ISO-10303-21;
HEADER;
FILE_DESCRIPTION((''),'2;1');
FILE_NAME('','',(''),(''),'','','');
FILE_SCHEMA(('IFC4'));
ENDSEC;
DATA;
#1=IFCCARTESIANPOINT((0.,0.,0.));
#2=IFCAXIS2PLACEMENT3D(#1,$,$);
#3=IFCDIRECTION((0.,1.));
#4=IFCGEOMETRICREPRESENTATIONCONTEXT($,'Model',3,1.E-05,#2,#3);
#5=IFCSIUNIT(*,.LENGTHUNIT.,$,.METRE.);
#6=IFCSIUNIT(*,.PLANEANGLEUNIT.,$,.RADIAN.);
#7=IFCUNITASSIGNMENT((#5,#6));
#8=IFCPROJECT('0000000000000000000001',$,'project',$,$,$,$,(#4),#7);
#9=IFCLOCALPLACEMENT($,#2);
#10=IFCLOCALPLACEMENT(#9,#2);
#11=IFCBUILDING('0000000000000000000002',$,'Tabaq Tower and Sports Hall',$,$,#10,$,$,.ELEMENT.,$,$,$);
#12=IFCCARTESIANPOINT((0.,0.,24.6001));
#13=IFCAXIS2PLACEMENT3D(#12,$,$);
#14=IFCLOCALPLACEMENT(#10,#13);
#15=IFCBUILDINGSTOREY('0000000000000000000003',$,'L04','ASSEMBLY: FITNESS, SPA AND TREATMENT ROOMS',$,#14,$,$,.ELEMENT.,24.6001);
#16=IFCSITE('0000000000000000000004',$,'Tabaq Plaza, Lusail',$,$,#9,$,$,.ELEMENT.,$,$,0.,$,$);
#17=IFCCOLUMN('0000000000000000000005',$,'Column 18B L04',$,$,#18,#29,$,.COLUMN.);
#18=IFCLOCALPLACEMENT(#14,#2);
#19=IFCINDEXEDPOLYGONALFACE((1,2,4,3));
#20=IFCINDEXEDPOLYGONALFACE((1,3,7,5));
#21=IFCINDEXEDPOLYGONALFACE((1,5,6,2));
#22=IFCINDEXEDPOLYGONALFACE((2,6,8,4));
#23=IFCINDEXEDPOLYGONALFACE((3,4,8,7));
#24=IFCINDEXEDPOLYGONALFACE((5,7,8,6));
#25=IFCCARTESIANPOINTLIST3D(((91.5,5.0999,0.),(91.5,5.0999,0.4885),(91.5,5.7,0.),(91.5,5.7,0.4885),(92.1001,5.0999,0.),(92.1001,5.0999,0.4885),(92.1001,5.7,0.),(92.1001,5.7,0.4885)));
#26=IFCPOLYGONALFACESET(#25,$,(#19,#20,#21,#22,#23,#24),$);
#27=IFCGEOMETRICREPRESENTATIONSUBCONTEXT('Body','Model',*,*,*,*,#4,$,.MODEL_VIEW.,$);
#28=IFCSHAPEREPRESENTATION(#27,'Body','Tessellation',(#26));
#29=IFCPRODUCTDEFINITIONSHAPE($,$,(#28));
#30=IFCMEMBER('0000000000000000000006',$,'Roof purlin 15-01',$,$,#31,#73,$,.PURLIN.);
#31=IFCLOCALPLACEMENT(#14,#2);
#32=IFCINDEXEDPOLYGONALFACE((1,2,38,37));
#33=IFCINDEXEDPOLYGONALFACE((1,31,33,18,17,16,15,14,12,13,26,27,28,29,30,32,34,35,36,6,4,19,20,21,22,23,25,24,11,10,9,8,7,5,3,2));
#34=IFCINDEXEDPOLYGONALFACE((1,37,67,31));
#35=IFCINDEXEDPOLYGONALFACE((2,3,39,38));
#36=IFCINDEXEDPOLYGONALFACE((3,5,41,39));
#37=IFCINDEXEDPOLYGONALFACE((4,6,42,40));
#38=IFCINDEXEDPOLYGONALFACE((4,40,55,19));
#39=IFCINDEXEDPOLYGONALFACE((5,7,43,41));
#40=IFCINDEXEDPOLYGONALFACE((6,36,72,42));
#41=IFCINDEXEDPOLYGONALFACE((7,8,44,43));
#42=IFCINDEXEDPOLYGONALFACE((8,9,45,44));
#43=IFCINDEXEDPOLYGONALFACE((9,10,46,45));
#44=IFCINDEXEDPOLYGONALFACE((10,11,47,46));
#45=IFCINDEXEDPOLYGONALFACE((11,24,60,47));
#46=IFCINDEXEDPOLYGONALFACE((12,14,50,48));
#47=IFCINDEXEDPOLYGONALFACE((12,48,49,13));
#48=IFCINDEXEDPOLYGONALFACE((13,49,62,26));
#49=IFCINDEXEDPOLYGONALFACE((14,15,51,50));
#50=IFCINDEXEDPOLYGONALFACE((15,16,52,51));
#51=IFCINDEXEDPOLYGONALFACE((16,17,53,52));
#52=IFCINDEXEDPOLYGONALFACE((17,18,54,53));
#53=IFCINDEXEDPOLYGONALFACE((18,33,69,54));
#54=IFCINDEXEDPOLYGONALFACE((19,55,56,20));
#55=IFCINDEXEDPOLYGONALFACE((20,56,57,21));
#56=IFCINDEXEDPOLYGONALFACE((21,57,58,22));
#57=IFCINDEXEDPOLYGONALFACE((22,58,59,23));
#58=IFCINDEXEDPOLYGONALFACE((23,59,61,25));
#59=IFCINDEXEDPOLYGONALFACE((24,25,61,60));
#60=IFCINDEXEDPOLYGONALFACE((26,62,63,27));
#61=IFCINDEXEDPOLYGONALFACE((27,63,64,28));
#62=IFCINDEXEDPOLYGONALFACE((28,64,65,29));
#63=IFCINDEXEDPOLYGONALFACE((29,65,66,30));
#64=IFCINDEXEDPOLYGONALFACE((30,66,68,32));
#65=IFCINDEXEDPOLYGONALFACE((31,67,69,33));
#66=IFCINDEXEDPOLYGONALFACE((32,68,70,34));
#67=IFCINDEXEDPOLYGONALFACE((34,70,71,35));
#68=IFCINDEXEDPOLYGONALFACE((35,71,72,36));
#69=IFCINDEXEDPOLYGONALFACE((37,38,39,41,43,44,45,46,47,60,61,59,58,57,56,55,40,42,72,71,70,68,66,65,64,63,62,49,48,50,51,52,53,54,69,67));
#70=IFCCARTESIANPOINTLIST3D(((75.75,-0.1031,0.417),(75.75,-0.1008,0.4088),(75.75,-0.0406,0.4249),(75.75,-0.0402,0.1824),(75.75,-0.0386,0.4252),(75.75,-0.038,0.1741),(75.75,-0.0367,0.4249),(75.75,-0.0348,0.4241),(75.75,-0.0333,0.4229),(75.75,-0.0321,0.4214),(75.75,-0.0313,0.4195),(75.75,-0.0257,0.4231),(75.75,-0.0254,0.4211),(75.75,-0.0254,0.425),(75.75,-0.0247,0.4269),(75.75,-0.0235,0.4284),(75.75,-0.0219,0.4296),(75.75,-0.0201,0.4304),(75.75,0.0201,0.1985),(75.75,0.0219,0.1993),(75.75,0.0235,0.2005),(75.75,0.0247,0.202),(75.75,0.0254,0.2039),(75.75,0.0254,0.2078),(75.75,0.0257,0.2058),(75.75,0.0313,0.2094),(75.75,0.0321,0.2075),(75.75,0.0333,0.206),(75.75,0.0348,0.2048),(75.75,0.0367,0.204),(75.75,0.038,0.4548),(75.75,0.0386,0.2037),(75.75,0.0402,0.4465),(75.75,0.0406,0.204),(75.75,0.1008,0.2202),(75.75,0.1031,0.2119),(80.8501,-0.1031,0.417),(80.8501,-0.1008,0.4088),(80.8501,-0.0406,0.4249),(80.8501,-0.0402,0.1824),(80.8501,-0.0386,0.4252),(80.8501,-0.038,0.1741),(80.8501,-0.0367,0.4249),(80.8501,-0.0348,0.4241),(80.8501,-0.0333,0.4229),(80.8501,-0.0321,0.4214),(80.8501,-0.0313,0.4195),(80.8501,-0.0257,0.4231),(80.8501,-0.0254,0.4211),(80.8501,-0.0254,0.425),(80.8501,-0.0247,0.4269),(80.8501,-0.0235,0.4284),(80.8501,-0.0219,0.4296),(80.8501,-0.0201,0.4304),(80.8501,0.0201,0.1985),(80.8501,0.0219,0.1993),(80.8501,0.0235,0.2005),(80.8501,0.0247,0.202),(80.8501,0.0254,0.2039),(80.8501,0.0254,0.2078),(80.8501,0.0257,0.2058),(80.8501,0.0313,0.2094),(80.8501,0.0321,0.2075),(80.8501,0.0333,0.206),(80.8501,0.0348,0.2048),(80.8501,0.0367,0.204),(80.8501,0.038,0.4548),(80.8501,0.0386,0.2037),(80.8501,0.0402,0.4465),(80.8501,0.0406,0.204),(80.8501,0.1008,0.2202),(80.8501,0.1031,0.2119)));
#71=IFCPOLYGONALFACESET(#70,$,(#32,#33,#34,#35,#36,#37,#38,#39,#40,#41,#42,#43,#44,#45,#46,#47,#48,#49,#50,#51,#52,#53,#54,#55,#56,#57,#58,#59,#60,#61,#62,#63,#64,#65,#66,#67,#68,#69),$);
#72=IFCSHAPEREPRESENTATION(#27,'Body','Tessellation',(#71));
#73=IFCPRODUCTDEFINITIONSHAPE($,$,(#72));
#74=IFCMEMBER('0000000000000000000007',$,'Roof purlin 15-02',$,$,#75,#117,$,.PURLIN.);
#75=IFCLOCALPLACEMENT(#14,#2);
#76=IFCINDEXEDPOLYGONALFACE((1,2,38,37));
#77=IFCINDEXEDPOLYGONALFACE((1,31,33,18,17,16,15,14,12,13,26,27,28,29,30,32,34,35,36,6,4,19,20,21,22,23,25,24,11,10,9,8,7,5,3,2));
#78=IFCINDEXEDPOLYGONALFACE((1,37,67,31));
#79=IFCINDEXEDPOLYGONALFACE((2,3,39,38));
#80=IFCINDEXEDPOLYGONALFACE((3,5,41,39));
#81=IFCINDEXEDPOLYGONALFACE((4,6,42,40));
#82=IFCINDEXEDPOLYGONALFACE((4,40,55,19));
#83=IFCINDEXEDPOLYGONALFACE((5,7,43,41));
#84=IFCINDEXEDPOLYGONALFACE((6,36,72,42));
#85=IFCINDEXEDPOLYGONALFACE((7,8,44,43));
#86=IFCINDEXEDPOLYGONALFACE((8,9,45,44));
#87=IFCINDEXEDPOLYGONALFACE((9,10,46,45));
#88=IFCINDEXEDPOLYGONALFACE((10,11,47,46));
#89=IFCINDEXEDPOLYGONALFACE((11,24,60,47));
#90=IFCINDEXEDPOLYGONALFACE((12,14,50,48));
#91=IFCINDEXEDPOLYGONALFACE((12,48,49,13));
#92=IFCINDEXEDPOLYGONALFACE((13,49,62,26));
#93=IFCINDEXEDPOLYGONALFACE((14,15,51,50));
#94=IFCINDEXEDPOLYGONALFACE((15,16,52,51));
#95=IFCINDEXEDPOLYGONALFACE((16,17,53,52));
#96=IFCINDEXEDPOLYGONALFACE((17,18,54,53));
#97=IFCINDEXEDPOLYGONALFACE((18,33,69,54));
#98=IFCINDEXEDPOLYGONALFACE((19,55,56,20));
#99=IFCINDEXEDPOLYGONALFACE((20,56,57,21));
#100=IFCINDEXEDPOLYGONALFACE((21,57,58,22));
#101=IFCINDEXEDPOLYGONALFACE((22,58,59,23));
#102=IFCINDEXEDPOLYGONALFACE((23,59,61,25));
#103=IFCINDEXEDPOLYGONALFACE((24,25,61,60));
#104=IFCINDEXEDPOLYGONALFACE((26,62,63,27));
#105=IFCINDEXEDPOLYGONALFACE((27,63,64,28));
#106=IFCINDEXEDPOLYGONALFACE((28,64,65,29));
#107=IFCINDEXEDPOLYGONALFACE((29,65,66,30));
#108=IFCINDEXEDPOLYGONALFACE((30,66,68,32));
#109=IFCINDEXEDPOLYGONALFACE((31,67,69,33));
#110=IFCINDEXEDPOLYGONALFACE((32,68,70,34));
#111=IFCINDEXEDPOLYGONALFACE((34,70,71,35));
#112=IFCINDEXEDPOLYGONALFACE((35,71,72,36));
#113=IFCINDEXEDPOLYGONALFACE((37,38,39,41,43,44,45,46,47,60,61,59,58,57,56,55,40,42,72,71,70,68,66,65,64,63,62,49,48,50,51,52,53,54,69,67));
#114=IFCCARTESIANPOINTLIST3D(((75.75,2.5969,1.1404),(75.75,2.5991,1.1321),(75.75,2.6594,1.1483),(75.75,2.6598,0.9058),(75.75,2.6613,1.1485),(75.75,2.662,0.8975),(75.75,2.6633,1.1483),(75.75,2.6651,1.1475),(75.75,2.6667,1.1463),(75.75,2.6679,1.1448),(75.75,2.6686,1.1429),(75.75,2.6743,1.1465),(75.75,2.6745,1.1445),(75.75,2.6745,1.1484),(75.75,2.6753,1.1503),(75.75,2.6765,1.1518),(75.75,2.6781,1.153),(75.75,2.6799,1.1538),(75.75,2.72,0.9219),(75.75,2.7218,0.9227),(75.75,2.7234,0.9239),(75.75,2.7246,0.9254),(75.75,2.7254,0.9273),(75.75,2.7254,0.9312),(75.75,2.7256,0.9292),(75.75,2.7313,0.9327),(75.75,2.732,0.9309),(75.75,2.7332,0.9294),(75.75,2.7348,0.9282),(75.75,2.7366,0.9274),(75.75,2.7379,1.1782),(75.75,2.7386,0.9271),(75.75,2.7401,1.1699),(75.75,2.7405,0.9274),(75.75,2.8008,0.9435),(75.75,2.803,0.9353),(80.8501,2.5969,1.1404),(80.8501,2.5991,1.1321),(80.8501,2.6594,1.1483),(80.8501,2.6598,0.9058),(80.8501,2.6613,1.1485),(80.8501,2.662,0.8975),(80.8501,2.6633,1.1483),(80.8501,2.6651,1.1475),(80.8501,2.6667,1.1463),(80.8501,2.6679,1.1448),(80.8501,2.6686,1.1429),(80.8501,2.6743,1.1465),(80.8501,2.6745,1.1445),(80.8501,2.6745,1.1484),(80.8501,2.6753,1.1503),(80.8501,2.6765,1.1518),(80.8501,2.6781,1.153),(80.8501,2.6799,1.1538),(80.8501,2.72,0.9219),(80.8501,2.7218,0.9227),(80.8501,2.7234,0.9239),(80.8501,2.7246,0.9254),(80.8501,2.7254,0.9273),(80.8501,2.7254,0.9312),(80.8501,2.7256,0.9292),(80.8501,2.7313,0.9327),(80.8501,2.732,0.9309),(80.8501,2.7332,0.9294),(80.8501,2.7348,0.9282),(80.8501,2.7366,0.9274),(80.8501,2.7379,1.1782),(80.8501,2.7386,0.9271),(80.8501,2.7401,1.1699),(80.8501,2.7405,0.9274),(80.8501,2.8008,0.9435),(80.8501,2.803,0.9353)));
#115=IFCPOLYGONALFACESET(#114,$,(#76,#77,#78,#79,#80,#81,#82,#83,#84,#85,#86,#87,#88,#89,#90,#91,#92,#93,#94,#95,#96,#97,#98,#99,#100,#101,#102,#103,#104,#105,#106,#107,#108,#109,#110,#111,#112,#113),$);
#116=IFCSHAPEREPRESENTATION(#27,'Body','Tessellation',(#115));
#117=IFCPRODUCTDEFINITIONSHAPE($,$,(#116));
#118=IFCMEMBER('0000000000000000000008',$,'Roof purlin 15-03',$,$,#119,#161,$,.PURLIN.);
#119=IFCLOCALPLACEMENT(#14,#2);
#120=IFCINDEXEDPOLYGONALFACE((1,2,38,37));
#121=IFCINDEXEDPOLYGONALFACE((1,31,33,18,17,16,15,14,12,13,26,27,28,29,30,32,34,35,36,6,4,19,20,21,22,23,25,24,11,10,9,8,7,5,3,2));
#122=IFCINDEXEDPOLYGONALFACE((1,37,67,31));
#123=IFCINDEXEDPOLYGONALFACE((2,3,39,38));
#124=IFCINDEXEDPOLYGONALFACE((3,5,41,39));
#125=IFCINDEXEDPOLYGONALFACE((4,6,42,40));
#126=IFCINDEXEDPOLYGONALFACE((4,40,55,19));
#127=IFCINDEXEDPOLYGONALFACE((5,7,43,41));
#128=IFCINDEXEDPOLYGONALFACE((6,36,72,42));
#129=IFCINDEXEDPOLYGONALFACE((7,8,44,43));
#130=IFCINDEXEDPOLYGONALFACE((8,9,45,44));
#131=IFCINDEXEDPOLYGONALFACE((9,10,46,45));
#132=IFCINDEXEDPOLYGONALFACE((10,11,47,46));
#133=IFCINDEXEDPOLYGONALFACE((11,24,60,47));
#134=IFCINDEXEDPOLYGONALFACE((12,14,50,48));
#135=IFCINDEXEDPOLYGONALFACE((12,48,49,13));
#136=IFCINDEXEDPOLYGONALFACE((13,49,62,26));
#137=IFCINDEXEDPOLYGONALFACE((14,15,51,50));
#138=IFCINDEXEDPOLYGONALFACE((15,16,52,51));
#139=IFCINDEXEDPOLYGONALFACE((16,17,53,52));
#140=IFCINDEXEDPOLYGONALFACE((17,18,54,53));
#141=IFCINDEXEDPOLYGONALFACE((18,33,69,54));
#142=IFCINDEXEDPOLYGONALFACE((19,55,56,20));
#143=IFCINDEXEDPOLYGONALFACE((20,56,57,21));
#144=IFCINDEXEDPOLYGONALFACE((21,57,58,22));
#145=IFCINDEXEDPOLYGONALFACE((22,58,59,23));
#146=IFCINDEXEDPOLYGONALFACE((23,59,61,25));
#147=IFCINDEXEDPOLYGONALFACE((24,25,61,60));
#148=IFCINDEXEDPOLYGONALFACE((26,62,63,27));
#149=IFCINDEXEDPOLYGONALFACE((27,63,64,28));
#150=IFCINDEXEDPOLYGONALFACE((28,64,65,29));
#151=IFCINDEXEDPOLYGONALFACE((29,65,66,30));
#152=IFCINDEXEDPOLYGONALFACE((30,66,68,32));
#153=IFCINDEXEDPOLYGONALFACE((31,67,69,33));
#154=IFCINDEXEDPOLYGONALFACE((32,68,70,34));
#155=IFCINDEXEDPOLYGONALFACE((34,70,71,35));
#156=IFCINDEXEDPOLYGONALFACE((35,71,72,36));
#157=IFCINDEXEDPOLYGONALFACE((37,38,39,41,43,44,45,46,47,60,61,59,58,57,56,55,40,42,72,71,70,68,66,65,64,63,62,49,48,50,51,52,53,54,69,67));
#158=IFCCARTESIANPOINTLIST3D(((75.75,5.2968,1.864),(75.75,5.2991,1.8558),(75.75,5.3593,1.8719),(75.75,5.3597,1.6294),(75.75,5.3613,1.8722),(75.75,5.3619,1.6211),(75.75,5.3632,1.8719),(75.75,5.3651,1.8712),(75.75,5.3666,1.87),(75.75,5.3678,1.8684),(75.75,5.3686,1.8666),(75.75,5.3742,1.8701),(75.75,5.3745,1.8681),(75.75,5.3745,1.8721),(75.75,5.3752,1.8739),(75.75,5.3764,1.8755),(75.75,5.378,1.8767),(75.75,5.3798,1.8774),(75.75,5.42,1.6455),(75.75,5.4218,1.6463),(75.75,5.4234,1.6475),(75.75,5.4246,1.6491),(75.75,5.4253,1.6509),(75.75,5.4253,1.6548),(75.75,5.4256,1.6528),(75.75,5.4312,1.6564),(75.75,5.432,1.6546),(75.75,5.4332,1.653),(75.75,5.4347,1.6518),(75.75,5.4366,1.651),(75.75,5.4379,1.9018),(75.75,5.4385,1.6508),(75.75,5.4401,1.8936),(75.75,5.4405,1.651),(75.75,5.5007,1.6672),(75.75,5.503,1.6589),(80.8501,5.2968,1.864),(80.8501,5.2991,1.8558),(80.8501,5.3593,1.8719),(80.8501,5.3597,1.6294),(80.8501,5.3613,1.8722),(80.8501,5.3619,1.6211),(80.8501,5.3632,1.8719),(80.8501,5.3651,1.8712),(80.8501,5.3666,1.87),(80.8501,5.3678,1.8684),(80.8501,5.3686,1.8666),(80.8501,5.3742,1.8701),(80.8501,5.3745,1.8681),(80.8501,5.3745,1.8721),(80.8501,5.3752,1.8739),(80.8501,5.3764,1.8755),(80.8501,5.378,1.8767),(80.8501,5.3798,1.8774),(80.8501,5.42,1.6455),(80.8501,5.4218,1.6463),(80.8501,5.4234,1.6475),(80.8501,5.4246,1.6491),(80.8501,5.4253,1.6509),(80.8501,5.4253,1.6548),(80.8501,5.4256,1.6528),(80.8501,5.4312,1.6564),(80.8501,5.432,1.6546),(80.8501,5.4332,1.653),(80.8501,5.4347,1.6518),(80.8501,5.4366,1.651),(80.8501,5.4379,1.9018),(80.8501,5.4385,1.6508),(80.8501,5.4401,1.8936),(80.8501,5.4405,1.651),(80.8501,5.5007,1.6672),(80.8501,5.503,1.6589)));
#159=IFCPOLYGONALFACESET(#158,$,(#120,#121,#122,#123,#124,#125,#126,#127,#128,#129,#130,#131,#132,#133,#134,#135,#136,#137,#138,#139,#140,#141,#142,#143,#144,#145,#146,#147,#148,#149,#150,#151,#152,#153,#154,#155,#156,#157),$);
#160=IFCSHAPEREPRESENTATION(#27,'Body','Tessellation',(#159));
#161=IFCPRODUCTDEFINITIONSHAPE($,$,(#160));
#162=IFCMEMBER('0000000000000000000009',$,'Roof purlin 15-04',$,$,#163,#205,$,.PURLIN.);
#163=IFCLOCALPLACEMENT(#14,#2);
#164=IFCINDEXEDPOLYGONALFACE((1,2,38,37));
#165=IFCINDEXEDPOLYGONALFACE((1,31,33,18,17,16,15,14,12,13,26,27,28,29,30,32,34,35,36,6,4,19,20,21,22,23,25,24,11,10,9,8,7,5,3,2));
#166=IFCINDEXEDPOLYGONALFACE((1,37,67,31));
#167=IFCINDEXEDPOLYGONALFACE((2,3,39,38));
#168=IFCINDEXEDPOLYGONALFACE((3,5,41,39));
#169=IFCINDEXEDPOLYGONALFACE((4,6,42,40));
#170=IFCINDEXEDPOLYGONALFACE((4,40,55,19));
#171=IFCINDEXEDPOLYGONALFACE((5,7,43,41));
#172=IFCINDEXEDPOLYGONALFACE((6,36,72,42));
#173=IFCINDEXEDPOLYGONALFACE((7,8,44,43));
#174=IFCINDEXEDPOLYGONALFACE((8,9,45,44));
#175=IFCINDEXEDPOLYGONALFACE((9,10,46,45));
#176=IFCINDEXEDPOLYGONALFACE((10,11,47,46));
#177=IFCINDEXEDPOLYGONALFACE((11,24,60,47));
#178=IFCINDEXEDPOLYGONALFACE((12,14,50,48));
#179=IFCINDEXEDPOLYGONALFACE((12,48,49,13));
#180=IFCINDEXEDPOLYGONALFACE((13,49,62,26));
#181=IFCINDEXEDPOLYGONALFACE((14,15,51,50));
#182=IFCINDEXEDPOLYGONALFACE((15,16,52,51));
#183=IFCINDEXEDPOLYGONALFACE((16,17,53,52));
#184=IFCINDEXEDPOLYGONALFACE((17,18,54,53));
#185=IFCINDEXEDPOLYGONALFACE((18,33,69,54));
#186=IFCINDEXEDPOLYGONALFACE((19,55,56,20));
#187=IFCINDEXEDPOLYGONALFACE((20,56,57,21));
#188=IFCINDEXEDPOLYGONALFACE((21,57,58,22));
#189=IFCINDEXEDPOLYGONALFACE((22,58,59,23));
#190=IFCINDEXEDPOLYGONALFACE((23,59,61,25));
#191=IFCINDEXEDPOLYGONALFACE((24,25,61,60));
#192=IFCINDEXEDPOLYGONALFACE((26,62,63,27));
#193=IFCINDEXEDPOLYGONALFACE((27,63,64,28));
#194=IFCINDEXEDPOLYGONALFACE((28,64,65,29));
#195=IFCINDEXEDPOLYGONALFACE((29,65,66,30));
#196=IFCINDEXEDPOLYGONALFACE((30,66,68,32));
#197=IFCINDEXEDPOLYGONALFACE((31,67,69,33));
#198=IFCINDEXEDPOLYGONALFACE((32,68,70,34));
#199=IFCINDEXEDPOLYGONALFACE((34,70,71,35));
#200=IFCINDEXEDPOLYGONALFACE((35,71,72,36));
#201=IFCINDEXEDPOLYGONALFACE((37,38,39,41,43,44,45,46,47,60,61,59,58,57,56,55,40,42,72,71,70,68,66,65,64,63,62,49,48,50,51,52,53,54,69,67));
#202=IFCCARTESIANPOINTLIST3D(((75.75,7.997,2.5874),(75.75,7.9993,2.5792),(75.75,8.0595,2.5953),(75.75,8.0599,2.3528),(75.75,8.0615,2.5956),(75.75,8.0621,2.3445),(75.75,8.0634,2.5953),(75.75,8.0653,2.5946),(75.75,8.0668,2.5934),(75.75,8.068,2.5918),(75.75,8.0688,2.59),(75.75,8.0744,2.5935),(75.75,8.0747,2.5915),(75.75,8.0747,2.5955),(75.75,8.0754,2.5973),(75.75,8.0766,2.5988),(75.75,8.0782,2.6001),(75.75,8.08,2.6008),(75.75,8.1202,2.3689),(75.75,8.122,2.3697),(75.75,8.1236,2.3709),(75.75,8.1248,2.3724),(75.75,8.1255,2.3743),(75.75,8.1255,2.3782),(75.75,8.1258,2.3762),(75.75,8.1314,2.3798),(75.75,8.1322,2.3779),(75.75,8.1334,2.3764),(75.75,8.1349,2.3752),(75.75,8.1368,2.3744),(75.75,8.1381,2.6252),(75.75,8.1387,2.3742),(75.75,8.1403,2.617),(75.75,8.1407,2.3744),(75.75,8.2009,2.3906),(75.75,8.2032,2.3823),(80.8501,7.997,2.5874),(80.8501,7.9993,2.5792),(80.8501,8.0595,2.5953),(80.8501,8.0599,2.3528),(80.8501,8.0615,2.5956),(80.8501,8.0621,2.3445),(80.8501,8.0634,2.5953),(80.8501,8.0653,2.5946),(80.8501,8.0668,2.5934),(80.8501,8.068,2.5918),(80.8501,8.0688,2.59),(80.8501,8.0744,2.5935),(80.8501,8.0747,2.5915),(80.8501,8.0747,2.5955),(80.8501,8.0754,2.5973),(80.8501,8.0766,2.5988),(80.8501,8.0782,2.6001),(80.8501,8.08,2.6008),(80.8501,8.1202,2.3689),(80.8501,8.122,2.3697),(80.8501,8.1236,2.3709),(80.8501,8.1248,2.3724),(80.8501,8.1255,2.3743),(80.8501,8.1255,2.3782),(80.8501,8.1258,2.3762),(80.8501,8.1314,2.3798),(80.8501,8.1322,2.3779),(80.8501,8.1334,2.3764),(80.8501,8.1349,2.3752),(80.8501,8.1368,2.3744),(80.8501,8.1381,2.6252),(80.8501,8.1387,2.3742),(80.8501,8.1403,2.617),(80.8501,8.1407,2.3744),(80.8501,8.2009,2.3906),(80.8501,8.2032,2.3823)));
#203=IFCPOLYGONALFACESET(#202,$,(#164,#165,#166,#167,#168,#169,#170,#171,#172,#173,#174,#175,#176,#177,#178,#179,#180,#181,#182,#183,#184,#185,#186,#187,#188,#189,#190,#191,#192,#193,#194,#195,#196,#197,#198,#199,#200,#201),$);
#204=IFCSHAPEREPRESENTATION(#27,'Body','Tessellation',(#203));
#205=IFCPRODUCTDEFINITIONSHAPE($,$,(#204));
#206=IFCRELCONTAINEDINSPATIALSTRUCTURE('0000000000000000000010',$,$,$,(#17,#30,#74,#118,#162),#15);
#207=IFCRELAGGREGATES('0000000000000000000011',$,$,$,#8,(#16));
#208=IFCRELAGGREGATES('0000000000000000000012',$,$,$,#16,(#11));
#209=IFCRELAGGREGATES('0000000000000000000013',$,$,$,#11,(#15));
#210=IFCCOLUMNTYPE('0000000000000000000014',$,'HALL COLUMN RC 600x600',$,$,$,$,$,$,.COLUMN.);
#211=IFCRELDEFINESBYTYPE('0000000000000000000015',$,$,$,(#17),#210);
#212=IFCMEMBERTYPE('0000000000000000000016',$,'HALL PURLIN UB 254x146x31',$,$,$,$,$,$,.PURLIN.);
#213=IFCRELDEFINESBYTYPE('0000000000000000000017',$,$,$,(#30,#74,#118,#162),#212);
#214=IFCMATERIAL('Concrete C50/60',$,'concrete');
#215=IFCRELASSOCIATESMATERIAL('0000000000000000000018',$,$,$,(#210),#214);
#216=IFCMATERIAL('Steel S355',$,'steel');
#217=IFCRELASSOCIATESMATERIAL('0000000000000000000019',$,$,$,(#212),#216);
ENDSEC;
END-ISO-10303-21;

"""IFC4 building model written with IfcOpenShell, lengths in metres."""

from ifc_helpers import new_model, si_unit, direction, frame, origin, origin_2d, place, context, subcontext, project, spatial, rectangle, i_section, extrude, material, material_profile, profile_set, type_object, element, save


model = new_model("IFC4")

# Units and contexts
model_context = context("Model", 3, precision=1e-05, world=origin(), true_north=direction((0.0, 1.0)))
body_context = subcontext(model_context, "Body", "Model", "MODEL_VIEW")
ifc_project = project(units=[si_unit("LENGTHUNIT", "METRE"), si_unit("PLANEANGLEUNIT", "RADIAN")], contexts=[model_context])

# Site, building, storey
site_placement = place(None, origin())
site = spatial("IfcSite", under=ifc_project, at=site_placement, Name="Tabaq Plaza, Lusail", CompositionType="ELEMENT", RefElevation=0.0)
building_placement = place(site_placement, origin())
building = spatial("IfcBuilding", under=site, at=building_placement, Name="Tabaq Tower and Sports Hall", CompositionType="ELEMENT")
storey_placement = place(building_placement, frame((0.0, 0.0, 24.6001)))
storey = spatial("IfcBuildingStorey", under=building, at=storey_placement, Name="L04", Description="ASSEMBLY: FITNESS, SPA AND TREATMENT ROOMS", CompositionType="ELEMENT", Elevation=24.6001)

# Column
ifc_material_1 = material(Name="Concrete C50/60", Category="concrete")
ifc_material_profile_1 = material_profile(ifc_material_1, rectangle(XDim=0.6001, YDim=0.6001, at=origin_2d()), Name="RC 600x600")
ifc_profile_set_1 = profile_set([ifc_material_profile_1], Name="Concrete C50/60")
column_type = type_object("IfcColumnType", Name="HALL COLUMN RC 600x600", PredefinedType="COLUMN", material=ifc_profile_set_1)
column_placement = place(storey_placement, frame((91.8, 5.3999, 0.0), z_axis=(0.0, 0.0, 1.0), x_axis=(1.0, 0.0, 0.0)))
element("IfcColumn", 1, at=column_placement, inside=storey, type_object=column_type, Name="Column 18B L04", PredefinedType="COLUMN", context=body_context, shape_type="SweptSolid", body=[
    extrude(rectangle(XDim=0.6001, YDim=0.6001, at=origin_2d()), origin(), (0.0, 0.0, 1.0), 0.4885),
])

# Members
ifc_material_2 = material(Name="Steel S355", Category="steel")
ifc_material_profile_2 = material_profile(ifc_material_2, i_section(OverallWidth=0.146, OverallDepth=0.2515, WebThickness=0.0061, FlangeThickness=0.0085, FilletRadius=0.0076, at=origin_2d()), Name="UB 254x146x31")
ifc_profile_set_2 = profile_set([ifc_material_profile_2], Name="Steel S355")
member_type_1 = type_object("IfcMemberType", Name="HALL PURLIN UB 254x146x31", PredefinedType="PURLIN", material=ifc_profile_set_2)
for number, where, z_axis, x_axis, name in (
    (2, (75.75, 0.0, 0.3145), (1.0, 0.0, 0.0), (0.0, 0.965926, 0.258819), "Roof purlin 15-01"),
    (3, (75.75, 2.7, 1.0378), (1.0, 0.0, 0.0), (0.0, 0.965926, 0.258819), "Roof purlin 15-02"),
    (4, (75.75, 5.3999, 1.7615), (1.0, 0.0, 0.0), (0.0, 0.965926, 0.258819), "Roof purlin 15-03"),
    (5, (75.75, 8.1001, 2.4849), (1.0, 0.0, 0.0), (0.0, 0.965926, 0.258819), "Roof purlin 15-04"),
):
    element("IfcMember", number, at=place(storey_placement, frame(where, z_axis=z_axis, x_axis=x_axis)), inside=storey, type_object=member_type_1, Name=name, PredefinedType="PURLIN", context=body_context, shape_type="SweptSolid", body=[
        extrude(i_section(OverallWidth=0.146, OverallDepth=0.2515, WebThickness=0.0061, FlangeThickness=0.0085, FilletRadius=0.0076, at=origin_2d()), origin(), (0.0, 0.0, 1.0), 5.1001),
    ])

save(model, "model.ifc")
